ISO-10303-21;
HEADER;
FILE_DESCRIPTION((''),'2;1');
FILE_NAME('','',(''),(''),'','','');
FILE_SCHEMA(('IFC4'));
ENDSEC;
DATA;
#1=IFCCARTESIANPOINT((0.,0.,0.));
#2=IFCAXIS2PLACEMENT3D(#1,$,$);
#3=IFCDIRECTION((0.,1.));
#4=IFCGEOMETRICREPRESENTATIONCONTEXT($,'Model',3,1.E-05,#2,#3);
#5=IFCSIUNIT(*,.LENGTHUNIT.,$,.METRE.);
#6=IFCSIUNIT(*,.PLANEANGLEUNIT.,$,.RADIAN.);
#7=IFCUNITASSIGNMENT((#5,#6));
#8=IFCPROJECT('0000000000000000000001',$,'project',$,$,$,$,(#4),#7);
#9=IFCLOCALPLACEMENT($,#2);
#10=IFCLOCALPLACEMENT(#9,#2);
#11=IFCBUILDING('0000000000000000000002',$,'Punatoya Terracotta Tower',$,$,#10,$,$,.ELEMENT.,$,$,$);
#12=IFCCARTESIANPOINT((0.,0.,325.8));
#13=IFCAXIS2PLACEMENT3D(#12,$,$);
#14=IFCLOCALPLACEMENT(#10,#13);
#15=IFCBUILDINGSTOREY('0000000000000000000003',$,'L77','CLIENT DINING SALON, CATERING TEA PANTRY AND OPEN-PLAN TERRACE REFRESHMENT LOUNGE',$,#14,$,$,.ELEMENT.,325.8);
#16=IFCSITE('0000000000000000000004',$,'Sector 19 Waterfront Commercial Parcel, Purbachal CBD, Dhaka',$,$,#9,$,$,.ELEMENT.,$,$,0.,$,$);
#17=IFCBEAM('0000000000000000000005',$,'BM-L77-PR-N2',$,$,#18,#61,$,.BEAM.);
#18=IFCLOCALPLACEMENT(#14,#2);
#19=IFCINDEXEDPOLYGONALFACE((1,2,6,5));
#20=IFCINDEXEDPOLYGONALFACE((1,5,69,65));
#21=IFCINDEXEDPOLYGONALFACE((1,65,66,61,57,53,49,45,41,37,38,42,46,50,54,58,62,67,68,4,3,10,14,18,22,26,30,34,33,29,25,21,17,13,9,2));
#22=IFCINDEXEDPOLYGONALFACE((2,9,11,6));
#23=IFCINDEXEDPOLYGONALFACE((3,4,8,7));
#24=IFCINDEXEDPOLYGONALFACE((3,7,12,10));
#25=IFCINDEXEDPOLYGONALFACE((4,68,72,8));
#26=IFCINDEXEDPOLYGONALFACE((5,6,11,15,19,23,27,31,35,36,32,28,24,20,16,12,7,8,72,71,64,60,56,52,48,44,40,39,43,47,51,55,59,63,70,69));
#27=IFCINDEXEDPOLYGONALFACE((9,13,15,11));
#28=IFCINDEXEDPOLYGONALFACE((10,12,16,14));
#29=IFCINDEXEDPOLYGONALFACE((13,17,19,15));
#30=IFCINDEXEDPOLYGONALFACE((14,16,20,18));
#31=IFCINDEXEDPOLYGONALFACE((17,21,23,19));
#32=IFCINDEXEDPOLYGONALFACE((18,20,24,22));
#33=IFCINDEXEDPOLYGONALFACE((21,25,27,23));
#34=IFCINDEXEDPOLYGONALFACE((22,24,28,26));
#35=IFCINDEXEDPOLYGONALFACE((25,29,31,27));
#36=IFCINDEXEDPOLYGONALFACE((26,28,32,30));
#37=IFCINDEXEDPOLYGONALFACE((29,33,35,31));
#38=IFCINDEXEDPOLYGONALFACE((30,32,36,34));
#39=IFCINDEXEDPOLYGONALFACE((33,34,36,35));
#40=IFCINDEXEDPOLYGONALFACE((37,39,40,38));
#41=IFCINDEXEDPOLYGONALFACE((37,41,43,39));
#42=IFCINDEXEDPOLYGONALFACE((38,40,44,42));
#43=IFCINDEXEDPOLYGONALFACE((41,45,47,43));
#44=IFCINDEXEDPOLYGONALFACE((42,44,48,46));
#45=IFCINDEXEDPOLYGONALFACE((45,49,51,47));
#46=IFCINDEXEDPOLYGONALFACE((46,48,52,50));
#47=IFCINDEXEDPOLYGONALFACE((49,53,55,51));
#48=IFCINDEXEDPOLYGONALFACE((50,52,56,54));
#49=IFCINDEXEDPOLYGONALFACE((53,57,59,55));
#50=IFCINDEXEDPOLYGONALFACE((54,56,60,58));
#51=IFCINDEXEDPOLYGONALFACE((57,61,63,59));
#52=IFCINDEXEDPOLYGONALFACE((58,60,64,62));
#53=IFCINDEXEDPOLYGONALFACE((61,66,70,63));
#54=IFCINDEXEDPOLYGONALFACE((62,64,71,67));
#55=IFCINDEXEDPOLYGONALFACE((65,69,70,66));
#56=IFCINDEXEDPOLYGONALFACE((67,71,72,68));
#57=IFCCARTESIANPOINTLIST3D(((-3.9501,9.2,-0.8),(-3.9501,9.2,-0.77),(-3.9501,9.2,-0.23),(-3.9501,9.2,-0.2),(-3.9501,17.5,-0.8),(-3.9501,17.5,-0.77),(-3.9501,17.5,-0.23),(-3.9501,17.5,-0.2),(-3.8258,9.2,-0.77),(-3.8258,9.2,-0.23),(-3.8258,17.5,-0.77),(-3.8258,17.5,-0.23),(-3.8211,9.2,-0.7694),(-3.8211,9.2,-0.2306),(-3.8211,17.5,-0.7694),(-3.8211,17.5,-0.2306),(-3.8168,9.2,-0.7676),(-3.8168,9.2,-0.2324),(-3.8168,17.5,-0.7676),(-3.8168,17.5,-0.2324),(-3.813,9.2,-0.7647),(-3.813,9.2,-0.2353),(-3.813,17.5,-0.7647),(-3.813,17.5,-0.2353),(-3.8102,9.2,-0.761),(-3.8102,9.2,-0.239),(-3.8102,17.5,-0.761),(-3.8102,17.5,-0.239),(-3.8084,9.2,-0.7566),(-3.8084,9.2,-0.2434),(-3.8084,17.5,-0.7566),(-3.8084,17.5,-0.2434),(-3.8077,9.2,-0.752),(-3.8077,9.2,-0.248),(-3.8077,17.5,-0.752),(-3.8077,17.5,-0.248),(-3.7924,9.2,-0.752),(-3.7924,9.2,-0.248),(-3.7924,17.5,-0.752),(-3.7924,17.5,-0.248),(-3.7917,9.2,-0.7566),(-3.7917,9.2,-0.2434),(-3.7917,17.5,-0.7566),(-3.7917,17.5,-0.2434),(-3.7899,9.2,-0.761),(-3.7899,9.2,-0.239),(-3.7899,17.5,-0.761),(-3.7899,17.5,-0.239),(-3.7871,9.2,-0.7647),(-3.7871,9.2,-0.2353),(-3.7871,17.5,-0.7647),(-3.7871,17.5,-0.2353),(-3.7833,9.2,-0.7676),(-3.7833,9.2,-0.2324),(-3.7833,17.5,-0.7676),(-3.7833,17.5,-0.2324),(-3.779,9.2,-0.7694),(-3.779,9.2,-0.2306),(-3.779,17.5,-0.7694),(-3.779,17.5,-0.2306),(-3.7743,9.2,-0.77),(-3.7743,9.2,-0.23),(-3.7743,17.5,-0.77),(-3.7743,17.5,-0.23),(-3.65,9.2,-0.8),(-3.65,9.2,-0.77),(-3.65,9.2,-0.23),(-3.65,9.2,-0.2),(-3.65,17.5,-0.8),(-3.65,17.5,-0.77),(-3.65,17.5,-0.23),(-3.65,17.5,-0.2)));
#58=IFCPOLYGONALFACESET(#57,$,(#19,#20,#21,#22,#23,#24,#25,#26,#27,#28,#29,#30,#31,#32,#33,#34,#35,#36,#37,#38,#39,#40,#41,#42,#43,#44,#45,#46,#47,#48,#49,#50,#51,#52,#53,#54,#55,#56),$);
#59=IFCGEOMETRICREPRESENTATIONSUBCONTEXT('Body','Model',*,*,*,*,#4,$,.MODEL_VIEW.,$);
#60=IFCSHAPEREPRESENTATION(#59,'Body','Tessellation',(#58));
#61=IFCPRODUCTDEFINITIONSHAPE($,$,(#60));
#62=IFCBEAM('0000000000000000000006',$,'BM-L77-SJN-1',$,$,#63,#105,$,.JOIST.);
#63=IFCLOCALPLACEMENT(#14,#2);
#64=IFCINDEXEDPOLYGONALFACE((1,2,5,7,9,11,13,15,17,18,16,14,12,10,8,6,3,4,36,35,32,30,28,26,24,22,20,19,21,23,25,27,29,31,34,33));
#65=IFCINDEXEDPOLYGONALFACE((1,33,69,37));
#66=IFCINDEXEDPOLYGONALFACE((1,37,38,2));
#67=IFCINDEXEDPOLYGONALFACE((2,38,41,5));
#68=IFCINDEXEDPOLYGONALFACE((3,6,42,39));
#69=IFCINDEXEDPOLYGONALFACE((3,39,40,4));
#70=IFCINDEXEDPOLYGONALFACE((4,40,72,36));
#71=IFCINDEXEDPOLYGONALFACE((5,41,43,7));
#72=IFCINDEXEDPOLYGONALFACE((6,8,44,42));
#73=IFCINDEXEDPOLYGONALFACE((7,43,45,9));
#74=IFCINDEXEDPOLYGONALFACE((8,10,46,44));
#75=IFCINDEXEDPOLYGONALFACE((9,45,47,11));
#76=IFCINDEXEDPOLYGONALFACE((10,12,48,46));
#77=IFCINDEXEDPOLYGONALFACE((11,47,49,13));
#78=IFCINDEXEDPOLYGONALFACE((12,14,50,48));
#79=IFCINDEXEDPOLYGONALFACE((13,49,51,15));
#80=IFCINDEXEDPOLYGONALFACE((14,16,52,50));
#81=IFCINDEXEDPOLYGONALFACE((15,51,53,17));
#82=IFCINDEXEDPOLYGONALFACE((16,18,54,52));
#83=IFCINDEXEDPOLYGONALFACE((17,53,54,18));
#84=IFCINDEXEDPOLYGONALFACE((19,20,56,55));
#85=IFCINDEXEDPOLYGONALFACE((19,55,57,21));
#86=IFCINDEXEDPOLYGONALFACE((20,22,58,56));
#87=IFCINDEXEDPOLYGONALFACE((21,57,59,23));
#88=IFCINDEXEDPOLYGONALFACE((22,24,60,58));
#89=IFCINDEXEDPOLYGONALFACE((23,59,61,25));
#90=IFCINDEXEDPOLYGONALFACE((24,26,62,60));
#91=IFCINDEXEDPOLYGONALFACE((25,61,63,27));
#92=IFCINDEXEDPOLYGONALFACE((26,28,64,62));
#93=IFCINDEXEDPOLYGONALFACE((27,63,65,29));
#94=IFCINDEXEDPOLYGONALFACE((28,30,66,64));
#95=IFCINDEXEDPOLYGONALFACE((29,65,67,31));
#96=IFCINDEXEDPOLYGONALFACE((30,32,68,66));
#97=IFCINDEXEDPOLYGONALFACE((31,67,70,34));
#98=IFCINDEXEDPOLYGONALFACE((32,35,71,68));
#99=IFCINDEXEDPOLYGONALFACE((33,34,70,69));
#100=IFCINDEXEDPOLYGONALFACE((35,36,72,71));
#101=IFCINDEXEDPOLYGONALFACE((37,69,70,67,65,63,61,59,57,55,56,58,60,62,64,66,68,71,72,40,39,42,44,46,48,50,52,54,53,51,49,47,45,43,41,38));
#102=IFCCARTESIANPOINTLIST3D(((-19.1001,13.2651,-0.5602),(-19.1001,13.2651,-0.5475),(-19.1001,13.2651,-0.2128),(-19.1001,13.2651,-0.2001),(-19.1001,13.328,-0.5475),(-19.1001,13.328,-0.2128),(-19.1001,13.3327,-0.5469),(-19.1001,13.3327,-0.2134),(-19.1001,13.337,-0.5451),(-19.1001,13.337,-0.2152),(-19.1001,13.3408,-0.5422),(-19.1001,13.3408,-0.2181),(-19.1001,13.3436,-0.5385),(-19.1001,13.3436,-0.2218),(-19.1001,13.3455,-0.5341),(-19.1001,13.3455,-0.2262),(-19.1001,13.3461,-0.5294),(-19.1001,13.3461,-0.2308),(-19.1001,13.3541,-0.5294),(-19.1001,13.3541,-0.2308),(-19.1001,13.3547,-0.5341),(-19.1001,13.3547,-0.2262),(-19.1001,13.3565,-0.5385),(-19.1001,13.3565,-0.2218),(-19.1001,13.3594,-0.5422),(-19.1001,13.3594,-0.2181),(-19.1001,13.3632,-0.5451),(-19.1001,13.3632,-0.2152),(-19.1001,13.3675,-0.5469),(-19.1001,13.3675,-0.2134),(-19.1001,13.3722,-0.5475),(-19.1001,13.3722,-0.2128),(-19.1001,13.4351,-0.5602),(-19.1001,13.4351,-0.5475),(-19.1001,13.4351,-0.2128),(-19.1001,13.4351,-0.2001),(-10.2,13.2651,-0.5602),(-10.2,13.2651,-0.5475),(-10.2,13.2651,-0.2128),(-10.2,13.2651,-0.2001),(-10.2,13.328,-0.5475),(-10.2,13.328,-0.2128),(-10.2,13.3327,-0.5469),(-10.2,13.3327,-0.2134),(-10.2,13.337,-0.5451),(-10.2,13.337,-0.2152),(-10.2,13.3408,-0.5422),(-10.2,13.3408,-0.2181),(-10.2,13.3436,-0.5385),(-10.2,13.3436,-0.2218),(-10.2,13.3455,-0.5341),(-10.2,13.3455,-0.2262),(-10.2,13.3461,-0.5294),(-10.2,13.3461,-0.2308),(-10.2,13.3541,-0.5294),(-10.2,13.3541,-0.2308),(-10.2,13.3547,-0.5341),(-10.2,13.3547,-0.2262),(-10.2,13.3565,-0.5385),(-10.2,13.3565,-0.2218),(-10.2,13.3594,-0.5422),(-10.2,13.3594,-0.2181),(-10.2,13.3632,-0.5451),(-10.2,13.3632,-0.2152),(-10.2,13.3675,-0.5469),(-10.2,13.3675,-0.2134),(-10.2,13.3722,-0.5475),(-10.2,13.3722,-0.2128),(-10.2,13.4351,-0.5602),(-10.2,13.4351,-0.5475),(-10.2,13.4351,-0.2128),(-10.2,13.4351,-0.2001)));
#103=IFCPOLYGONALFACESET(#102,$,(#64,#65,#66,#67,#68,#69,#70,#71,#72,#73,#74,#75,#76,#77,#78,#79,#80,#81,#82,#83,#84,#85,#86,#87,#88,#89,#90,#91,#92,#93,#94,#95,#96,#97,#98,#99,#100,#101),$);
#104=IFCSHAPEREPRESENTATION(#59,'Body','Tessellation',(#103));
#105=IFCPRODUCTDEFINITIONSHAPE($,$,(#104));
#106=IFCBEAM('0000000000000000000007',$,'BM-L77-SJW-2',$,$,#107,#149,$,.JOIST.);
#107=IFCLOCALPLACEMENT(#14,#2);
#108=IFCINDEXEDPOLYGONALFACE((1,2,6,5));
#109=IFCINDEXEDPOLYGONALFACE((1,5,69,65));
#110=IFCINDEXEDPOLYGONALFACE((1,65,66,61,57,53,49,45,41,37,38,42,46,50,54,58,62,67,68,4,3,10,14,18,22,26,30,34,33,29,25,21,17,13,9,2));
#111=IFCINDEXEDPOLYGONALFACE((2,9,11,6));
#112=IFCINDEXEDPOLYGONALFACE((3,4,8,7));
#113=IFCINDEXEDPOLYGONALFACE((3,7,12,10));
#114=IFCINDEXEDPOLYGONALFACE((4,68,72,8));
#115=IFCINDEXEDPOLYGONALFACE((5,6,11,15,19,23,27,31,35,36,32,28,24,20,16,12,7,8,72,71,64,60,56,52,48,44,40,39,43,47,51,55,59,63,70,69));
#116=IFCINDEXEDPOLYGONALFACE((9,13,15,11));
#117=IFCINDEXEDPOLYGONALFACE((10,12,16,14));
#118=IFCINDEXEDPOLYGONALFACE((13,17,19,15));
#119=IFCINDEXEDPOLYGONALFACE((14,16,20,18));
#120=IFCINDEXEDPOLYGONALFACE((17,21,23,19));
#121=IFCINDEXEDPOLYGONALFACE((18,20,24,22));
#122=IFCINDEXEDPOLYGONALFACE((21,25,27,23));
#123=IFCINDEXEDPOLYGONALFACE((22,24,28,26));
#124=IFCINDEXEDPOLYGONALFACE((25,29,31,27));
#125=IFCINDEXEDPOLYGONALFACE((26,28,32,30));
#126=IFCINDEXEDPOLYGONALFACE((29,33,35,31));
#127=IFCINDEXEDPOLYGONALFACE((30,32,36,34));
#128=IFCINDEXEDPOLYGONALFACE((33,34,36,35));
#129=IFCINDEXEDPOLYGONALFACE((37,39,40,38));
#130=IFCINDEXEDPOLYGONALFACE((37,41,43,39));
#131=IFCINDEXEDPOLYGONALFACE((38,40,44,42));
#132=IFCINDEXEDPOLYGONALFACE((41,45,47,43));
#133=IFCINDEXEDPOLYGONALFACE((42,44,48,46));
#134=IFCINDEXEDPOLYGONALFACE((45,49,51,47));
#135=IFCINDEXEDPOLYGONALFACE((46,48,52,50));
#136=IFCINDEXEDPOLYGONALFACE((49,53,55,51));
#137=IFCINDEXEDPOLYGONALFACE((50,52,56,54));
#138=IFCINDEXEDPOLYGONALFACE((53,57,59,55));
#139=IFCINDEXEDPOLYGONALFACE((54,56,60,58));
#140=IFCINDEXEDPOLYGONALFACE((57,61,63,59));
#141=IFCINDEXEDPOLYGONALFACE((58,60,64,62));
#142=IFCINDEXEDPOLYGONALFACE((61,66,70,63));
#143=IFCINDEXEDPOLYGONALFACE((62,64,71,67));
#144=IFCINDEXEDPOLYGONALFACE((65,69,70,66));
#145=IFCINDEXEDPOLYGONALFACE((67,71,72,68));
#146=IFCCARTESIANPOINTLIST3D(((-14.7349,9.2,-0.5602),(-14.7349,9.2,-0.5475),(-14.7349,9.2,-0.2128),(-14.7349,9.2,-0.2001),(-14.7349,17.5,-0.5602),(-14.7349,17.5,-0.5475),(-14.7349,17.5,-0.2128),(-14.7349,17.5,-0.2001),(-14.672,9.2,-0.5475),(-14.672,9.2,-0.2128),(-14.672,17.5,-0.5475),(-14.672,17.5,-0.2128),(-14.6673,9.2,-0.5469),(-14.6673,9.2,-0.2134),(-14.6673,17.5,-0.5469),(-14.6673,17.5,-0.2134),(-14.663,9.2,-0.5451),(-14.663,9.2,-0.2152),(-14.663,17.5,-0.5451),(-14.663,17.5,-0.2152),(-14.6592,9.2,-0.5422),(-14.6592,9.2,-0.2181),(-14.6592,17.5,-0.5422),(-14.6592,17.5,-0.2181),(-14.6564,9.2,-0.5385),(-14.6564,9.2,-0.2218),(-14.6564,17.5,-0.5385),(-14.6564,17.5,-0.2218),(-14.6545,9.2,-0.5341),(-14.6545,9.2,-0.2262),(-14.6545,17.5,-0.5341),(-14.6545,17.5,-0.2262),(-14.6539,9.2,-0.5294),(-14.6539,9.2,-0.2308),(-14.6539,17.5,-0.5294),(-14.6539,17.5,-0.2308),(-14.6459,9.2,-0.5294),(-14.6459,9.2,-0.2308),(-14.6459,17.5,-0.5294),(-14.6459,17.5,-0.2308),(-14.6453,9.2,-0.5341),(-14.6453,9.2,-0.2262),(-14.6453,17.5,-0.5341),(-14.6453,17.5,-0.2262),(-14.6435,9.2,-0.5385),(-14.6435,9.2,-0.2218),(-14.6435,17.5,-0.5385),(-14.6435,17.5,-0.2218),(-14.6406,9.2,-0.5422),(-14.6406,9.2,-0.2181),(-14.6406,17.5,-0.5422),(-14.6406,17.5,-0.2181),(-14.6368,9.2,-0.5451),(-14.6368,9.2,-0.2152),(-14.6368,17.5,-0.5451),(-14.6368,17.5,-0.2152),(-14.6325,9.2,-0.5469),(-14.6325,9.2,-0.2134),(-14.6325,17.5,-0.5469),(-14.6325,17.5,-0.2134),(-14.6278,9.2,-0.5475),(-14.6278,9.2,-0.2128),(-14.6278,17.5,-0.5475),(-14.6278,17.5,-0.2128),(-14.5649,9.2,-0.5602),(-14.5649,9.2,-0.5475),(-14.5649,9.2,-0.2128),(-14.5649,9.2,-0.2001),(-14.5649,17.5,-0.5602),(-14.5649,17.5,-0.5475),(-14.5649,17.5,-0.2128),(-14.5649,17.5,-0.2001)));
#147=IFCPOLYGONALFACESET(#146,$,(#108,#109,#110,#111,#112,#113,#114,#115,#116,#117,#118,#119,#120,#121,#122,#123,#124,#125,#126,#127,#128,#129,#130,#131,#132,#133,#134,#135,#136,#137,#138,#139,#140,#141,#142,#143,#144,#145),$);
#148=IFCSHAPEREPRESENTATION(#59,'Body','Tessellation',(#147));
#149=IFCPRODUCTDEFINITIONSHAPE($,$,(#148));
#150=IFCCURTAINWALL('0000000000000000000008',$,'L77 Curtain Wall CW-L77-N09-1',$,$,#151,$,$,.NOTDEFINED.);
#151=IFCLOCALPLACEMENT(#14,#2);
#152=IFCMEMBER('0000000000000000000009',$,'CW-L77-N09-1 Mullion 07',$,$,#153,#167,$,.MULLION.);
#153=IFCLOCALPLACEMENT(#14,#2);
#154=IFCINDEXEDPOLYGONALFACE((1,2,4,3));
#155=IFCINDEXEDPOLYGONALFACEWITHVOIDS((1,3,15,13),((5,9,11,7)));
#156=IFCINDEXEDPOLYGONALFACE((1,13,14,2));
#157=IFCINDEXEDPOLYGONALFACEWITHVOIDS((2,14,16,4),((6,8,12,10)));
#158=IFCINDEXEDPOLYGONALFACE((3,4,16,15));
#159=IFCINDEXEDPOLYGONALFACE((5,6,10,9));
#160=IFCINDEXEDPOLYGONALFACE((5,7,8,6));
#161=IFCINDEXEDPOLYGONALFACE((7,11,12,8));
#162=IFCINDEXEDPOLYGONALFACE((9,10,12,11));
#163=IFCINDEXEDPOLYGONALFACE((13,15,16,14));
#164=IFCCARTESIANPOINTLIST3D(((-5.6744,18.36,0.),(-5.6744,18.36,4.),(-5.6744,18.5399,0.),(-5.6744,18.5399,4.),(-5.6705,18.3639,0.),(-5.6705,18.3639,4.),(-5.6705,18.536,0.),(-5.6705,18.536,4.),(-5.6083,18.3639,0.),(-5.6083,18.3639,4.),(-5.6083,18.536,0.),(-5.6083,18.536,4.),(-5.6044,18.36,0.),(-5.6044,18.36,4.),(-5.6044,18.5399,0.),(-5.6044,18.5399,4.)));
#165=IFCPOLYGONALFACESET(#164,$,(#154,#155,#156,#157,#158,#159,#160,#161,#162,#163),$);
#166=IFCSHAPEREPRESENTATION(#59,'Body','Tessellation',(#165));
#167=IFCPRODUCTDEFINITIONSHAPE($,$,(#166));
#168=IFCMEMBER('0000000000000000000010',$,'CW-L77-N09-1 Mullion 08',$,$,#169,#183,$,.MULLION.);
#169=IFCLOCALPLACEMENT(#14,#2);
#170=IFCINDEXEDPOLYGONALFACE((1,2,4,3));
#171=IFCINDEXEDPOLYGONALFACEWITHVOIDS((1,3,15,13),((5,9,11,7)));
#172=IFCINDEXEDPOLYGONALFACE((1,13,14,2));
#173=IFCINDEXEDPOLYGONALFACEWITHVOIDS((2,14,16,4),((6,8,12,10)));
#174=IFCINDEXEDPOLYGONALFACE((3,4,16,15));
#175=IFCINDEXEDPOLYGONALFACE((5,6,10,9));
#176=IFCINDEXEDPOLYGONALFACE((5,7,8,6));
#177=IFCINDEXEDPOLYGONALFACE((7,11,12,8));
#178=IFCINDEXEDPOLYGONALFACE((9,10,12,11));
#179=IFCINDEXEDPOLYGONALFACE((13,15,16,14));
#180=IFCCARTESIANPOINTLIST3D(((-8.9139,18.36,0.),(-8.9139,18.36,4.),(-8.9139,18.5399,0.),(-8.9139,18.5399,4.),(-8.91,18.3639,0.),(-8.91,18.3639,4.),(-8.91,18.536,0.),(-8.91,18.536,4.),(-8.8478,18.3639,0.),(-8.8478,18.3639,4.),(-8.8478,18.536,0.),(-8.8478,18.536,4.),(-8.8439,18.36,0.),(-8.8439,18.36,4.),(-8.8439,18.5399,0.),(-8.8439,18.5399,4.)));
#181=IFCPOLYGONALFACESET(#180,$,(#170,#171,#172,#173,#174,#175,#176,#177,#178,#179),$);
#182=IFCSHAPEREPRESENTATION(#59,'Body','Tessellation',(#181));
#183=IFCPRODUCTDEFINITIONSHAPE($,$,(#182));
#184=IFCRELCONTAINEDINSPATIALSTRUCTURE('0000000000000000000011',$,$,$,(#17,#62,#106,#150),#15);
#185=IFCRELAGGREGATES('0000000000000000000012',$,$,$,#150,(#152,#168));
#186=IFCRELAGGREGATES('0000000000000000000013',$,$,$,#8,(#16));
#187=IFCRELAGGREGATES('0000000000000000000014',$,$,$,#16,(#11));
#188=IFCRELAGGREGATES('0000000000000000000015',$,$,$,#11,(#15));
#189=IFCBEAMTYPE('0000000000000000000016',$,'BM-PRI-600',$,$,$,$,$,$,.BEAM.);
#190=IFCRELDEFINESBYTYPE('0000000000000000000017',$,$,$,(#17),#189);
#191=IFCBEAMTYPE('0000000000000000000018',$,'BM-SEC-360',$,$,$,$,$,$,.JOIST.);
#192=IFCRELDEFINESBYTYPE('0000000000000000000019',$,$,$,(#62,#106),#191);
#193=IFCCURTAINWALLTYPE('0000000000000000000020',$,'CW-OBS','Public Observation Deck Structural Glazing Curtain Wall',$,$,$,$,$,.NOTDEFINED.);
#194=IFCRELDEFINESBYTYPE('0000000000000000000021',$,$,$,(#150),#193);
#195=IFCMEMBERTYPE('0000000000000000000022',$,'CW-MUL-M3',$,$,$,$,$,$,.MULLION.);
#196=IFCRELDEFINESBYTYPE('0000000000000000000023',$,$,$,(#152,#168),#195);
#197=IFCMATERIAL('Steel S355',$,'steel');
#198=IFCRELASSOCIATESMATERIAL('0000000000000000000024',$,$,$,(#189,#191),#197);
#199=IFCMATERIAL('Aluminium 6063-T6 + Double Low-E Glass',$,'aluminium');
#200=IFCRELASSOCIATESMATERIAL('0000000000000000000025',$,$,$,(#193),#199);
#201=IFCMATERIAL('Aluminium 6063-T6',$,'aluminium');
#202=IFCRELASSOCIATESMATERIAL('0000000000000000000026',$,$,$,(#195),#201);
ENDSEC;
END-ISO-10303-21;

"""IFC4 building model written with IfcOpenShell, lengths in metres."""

from ifc_helpers import new_model, si_unit, direction, frame, origin, origin_2d, place, context, subcontext, project, spatial, hollow_rectangle, i_section, extrude, material, material_profile, profile_set, type_object, element, aggregate, save


model = new_model("IFC4")

# Units and contexts
model_context = context("Model", 3, precision=1e-05, world=origin(), true_north=direction((0.0, 1.0)))
body_context = subcontext(model_context, "Body", "Model", "MODEL_VIEW")
ifc_project = project(units=[si_unit("LENGTHUNIT", "METRE"), si_unit("PLANEANGLEUNIT", "RADIAN")], contexts=[model_context])

# Site, building, storey
site_placement = place(None, origin())
site = spatial("IfcSite", under=ifc_project, at=site_placement, Name="Sector 19 Waterfront Commercial Parcel, Purbachal CBD, Dhaka", CompositionType="ELEMENT", RefElevation=0.0)
building_placement = place(site_placement, origin())
building = spatial("IfcBuilding", under=site, at=building_placement, Name="Punatoya Terracotta Tower", CompositionType="ELEMENT")
storey_placement = place(building_placement, frame((0.0, 0.0, 325.8)))
storey = spatial("IfcBuildingStorey", under=building, at=storey_placement, Name="L77", Description="CLIENT DINING SALON, CATERING TEA PANTRY AND OPEN-PLAN TERRACE REFRESHMENT LOUNGE", CompositionType="ELEMENT", Elevation=325.8)

# Beams
ifc_material_1 = material(Name="Steel S355", Category="steel")
ifc_material_profile_1 = material_profile(ifc_material_1, i_section(OverallWidth=0.3, OverallDepth=0.6001, WebThickness=0.0154, FlangeThickness=0.03, FilletRadius=0.0181, at=origin_2d()))
ifc_profile_set_1 = profile_set([ifc_material_profile_1], Name="Steel S355")
beam_type_1 = type_object("IfcBeamType", Name="BM-PRI-600", PredefinedType="BEAM", material=ifc_profile_set_1)
for number, where, z_axis, x_axis, name in (
    (1, (-3.8, 9.2, -0.5), (0.0, 1.0, 0.0), (-1.0, 0.0, 0.0), "BM-L77-PR-N2"),
):
    element("IfcBeam", number, at=place(storey_placement, frame(where, z_axis=z_axis, x_axis=x_axis)), inside=storey, type_object=beam_type_1, Name=name, PredefinedType="BEAM", context=body_context, shape_type="SweptSolid", body=[
        extrude(i_section(OverallWidth=0.3, OverallDepth=0.6001, WebThickness=0.0154, FlangeThickness=0.03, FilletRadius=0.0181, at=origin_2d()), origin(), (0.0, 0.0, 1.0), 8.3),
    ])
ifc_material_profile_2 = material_profile(ifc_material_1, i_section(OverallWidth=0.1699, OverallDepth=0.3601, WebThickness=0.0081, FlangeThickness=0.0127, FilletRadius=0.0181, at=origin_2d()))
ifc_profile_set_2 = profile_set([ifc_material_profile_2], Name="Steel S355")
beam_type_2 = type_object("IfcBeamType", Name="BM-SEC-360", PredefinedType="JOIST", material=ifc_profile_set_2)
beam_1_placement = place(storey_placement, frame((-19.1001, 13.3501, -0.3801), z_axis=(1.0, 0.0, 0.0), x_axis=(0.0, 1.0, 0.0)))
element("IfcBeam", 2, at=beam_1_placement, inside=storey, type_object=beam_type_2, Name="BM-L77-SJN-1", PredefinedType="JOIST", context=body_context, shape_type="SweptSolid", body=[
    extrude(i_section(OverallWidth=0.1699, OverallDepth=0.3601, WebThickness=0.0081, FlangeThickness=0.0127, FilletRadius=0.0181, at=origin_2d()), origin(), (0.0, 0.0, 1.0), 8.9001),
])
beam_2_placement = place(storey_placement, frame((-14.6499, 9.2, -0.3801), z_axis=(0.0, 1.0, 0.0), x_axis=(-1.0, 0.0, 0.0)))
element("IfcBeam", 3, at=beam_2_placement, inside=storey, type_object=beam_type_2, Name="BM-L77-SJW-2", PredefinedType="JOIST", context=body_context, shape_type="SweptSolid", body=[
    extrude(i_section(OverallWidth=0.1699, OverallDepth=0.3601, WebThickness=0.0081, FlangeThickness=0.0127, FilletRadius=0.0181, at=origin_2d()), origin(), (0.0, 0.0, 1.0), 8.3),
])

# Curtain wall, members
ifc_material_2 = material(Name="Aluminium 6063-T6 + Double Low-E Glass", Category="aluminium")
curtain_wall_type = type_object("IfcCurtainWallType", Name="CW-OBS", Description="Public Observation Deck Structural Glazing Curtain Wall", PredefinedType="NOTDEFINED", material=ifc_material_2)
curtain_wall_placement = place(storey_placement, origin())
curtain_wall = element("IfcCurtainWall", 4, at=curtain_wall_placement, inside=storey, type_object=curtain_wall_type, Name="L77 Curtain Wall CW-L77-N09-1", PredefinedType="NOTDEFINED")
ifc_material_3 = material(Name="Aluminium 6063-T6", Category="aluminium")
ifc_material_profile_3 = material_profile(ifc_material_3, hollow_rectangle(XDim=0.0701, YDim=0.1799, WallThickness=0.0039, at=origin_2d()))
ifc_profile_set_3 = profile_set([ifc_material_profile_3], Name="Aluminium 6063-T6")
member_type = type_object("IfcMemberType", Name="CW-MUL-M3", PredefinedType="MULLION", material=ifc_profile_set_3)
member_1_placement = place(storey_placement, frame((-5.6394, 18.45, 0.0), z_axis=(0.0, 0.0, 1.0), x_axis=(1.0, 0.0, 0.0)))
member_1 = element("IfcMember", 5, at=member_1_placement, type_object=member_type, Name="CW-L77-N09-1 Mullion 07", PredefinedType="MULLION", context=body_context, shape_type="SweptSolid", body=[
    extrude(hollow_rectangle(XDim=0.0701, YDim=0.1799, WallThickness=0.0039, at=origin_2d()), origin(), (0.0, 0.0, 1.0), 4.0),
])
member_2_placement = place(storey_placement, frame((-8.8789, 18.45, 0.0), z_axis=(0.0, 0.0, 1.0), x_axis=(1.0, 0.0, 0.0)))
member_2 = element("IfcMember", 6, at=member_2_placement, type_object=member_type, Name="CW-L77-N09-1 Mullion 08", PredefinedType="MULLION", context=body_context, shape_type="SweptSolid", body=[
    extrude(hollow_rectangle(XDim=0.0701, YDim=0.1799, WallThickness=0.0039, at=origin_2d()), origin(), (0.0, 0.0, 1.0), 4.0),
])
aggregate(curtain_wall, [member_1, member_2])

save(model, "model.ifc")
